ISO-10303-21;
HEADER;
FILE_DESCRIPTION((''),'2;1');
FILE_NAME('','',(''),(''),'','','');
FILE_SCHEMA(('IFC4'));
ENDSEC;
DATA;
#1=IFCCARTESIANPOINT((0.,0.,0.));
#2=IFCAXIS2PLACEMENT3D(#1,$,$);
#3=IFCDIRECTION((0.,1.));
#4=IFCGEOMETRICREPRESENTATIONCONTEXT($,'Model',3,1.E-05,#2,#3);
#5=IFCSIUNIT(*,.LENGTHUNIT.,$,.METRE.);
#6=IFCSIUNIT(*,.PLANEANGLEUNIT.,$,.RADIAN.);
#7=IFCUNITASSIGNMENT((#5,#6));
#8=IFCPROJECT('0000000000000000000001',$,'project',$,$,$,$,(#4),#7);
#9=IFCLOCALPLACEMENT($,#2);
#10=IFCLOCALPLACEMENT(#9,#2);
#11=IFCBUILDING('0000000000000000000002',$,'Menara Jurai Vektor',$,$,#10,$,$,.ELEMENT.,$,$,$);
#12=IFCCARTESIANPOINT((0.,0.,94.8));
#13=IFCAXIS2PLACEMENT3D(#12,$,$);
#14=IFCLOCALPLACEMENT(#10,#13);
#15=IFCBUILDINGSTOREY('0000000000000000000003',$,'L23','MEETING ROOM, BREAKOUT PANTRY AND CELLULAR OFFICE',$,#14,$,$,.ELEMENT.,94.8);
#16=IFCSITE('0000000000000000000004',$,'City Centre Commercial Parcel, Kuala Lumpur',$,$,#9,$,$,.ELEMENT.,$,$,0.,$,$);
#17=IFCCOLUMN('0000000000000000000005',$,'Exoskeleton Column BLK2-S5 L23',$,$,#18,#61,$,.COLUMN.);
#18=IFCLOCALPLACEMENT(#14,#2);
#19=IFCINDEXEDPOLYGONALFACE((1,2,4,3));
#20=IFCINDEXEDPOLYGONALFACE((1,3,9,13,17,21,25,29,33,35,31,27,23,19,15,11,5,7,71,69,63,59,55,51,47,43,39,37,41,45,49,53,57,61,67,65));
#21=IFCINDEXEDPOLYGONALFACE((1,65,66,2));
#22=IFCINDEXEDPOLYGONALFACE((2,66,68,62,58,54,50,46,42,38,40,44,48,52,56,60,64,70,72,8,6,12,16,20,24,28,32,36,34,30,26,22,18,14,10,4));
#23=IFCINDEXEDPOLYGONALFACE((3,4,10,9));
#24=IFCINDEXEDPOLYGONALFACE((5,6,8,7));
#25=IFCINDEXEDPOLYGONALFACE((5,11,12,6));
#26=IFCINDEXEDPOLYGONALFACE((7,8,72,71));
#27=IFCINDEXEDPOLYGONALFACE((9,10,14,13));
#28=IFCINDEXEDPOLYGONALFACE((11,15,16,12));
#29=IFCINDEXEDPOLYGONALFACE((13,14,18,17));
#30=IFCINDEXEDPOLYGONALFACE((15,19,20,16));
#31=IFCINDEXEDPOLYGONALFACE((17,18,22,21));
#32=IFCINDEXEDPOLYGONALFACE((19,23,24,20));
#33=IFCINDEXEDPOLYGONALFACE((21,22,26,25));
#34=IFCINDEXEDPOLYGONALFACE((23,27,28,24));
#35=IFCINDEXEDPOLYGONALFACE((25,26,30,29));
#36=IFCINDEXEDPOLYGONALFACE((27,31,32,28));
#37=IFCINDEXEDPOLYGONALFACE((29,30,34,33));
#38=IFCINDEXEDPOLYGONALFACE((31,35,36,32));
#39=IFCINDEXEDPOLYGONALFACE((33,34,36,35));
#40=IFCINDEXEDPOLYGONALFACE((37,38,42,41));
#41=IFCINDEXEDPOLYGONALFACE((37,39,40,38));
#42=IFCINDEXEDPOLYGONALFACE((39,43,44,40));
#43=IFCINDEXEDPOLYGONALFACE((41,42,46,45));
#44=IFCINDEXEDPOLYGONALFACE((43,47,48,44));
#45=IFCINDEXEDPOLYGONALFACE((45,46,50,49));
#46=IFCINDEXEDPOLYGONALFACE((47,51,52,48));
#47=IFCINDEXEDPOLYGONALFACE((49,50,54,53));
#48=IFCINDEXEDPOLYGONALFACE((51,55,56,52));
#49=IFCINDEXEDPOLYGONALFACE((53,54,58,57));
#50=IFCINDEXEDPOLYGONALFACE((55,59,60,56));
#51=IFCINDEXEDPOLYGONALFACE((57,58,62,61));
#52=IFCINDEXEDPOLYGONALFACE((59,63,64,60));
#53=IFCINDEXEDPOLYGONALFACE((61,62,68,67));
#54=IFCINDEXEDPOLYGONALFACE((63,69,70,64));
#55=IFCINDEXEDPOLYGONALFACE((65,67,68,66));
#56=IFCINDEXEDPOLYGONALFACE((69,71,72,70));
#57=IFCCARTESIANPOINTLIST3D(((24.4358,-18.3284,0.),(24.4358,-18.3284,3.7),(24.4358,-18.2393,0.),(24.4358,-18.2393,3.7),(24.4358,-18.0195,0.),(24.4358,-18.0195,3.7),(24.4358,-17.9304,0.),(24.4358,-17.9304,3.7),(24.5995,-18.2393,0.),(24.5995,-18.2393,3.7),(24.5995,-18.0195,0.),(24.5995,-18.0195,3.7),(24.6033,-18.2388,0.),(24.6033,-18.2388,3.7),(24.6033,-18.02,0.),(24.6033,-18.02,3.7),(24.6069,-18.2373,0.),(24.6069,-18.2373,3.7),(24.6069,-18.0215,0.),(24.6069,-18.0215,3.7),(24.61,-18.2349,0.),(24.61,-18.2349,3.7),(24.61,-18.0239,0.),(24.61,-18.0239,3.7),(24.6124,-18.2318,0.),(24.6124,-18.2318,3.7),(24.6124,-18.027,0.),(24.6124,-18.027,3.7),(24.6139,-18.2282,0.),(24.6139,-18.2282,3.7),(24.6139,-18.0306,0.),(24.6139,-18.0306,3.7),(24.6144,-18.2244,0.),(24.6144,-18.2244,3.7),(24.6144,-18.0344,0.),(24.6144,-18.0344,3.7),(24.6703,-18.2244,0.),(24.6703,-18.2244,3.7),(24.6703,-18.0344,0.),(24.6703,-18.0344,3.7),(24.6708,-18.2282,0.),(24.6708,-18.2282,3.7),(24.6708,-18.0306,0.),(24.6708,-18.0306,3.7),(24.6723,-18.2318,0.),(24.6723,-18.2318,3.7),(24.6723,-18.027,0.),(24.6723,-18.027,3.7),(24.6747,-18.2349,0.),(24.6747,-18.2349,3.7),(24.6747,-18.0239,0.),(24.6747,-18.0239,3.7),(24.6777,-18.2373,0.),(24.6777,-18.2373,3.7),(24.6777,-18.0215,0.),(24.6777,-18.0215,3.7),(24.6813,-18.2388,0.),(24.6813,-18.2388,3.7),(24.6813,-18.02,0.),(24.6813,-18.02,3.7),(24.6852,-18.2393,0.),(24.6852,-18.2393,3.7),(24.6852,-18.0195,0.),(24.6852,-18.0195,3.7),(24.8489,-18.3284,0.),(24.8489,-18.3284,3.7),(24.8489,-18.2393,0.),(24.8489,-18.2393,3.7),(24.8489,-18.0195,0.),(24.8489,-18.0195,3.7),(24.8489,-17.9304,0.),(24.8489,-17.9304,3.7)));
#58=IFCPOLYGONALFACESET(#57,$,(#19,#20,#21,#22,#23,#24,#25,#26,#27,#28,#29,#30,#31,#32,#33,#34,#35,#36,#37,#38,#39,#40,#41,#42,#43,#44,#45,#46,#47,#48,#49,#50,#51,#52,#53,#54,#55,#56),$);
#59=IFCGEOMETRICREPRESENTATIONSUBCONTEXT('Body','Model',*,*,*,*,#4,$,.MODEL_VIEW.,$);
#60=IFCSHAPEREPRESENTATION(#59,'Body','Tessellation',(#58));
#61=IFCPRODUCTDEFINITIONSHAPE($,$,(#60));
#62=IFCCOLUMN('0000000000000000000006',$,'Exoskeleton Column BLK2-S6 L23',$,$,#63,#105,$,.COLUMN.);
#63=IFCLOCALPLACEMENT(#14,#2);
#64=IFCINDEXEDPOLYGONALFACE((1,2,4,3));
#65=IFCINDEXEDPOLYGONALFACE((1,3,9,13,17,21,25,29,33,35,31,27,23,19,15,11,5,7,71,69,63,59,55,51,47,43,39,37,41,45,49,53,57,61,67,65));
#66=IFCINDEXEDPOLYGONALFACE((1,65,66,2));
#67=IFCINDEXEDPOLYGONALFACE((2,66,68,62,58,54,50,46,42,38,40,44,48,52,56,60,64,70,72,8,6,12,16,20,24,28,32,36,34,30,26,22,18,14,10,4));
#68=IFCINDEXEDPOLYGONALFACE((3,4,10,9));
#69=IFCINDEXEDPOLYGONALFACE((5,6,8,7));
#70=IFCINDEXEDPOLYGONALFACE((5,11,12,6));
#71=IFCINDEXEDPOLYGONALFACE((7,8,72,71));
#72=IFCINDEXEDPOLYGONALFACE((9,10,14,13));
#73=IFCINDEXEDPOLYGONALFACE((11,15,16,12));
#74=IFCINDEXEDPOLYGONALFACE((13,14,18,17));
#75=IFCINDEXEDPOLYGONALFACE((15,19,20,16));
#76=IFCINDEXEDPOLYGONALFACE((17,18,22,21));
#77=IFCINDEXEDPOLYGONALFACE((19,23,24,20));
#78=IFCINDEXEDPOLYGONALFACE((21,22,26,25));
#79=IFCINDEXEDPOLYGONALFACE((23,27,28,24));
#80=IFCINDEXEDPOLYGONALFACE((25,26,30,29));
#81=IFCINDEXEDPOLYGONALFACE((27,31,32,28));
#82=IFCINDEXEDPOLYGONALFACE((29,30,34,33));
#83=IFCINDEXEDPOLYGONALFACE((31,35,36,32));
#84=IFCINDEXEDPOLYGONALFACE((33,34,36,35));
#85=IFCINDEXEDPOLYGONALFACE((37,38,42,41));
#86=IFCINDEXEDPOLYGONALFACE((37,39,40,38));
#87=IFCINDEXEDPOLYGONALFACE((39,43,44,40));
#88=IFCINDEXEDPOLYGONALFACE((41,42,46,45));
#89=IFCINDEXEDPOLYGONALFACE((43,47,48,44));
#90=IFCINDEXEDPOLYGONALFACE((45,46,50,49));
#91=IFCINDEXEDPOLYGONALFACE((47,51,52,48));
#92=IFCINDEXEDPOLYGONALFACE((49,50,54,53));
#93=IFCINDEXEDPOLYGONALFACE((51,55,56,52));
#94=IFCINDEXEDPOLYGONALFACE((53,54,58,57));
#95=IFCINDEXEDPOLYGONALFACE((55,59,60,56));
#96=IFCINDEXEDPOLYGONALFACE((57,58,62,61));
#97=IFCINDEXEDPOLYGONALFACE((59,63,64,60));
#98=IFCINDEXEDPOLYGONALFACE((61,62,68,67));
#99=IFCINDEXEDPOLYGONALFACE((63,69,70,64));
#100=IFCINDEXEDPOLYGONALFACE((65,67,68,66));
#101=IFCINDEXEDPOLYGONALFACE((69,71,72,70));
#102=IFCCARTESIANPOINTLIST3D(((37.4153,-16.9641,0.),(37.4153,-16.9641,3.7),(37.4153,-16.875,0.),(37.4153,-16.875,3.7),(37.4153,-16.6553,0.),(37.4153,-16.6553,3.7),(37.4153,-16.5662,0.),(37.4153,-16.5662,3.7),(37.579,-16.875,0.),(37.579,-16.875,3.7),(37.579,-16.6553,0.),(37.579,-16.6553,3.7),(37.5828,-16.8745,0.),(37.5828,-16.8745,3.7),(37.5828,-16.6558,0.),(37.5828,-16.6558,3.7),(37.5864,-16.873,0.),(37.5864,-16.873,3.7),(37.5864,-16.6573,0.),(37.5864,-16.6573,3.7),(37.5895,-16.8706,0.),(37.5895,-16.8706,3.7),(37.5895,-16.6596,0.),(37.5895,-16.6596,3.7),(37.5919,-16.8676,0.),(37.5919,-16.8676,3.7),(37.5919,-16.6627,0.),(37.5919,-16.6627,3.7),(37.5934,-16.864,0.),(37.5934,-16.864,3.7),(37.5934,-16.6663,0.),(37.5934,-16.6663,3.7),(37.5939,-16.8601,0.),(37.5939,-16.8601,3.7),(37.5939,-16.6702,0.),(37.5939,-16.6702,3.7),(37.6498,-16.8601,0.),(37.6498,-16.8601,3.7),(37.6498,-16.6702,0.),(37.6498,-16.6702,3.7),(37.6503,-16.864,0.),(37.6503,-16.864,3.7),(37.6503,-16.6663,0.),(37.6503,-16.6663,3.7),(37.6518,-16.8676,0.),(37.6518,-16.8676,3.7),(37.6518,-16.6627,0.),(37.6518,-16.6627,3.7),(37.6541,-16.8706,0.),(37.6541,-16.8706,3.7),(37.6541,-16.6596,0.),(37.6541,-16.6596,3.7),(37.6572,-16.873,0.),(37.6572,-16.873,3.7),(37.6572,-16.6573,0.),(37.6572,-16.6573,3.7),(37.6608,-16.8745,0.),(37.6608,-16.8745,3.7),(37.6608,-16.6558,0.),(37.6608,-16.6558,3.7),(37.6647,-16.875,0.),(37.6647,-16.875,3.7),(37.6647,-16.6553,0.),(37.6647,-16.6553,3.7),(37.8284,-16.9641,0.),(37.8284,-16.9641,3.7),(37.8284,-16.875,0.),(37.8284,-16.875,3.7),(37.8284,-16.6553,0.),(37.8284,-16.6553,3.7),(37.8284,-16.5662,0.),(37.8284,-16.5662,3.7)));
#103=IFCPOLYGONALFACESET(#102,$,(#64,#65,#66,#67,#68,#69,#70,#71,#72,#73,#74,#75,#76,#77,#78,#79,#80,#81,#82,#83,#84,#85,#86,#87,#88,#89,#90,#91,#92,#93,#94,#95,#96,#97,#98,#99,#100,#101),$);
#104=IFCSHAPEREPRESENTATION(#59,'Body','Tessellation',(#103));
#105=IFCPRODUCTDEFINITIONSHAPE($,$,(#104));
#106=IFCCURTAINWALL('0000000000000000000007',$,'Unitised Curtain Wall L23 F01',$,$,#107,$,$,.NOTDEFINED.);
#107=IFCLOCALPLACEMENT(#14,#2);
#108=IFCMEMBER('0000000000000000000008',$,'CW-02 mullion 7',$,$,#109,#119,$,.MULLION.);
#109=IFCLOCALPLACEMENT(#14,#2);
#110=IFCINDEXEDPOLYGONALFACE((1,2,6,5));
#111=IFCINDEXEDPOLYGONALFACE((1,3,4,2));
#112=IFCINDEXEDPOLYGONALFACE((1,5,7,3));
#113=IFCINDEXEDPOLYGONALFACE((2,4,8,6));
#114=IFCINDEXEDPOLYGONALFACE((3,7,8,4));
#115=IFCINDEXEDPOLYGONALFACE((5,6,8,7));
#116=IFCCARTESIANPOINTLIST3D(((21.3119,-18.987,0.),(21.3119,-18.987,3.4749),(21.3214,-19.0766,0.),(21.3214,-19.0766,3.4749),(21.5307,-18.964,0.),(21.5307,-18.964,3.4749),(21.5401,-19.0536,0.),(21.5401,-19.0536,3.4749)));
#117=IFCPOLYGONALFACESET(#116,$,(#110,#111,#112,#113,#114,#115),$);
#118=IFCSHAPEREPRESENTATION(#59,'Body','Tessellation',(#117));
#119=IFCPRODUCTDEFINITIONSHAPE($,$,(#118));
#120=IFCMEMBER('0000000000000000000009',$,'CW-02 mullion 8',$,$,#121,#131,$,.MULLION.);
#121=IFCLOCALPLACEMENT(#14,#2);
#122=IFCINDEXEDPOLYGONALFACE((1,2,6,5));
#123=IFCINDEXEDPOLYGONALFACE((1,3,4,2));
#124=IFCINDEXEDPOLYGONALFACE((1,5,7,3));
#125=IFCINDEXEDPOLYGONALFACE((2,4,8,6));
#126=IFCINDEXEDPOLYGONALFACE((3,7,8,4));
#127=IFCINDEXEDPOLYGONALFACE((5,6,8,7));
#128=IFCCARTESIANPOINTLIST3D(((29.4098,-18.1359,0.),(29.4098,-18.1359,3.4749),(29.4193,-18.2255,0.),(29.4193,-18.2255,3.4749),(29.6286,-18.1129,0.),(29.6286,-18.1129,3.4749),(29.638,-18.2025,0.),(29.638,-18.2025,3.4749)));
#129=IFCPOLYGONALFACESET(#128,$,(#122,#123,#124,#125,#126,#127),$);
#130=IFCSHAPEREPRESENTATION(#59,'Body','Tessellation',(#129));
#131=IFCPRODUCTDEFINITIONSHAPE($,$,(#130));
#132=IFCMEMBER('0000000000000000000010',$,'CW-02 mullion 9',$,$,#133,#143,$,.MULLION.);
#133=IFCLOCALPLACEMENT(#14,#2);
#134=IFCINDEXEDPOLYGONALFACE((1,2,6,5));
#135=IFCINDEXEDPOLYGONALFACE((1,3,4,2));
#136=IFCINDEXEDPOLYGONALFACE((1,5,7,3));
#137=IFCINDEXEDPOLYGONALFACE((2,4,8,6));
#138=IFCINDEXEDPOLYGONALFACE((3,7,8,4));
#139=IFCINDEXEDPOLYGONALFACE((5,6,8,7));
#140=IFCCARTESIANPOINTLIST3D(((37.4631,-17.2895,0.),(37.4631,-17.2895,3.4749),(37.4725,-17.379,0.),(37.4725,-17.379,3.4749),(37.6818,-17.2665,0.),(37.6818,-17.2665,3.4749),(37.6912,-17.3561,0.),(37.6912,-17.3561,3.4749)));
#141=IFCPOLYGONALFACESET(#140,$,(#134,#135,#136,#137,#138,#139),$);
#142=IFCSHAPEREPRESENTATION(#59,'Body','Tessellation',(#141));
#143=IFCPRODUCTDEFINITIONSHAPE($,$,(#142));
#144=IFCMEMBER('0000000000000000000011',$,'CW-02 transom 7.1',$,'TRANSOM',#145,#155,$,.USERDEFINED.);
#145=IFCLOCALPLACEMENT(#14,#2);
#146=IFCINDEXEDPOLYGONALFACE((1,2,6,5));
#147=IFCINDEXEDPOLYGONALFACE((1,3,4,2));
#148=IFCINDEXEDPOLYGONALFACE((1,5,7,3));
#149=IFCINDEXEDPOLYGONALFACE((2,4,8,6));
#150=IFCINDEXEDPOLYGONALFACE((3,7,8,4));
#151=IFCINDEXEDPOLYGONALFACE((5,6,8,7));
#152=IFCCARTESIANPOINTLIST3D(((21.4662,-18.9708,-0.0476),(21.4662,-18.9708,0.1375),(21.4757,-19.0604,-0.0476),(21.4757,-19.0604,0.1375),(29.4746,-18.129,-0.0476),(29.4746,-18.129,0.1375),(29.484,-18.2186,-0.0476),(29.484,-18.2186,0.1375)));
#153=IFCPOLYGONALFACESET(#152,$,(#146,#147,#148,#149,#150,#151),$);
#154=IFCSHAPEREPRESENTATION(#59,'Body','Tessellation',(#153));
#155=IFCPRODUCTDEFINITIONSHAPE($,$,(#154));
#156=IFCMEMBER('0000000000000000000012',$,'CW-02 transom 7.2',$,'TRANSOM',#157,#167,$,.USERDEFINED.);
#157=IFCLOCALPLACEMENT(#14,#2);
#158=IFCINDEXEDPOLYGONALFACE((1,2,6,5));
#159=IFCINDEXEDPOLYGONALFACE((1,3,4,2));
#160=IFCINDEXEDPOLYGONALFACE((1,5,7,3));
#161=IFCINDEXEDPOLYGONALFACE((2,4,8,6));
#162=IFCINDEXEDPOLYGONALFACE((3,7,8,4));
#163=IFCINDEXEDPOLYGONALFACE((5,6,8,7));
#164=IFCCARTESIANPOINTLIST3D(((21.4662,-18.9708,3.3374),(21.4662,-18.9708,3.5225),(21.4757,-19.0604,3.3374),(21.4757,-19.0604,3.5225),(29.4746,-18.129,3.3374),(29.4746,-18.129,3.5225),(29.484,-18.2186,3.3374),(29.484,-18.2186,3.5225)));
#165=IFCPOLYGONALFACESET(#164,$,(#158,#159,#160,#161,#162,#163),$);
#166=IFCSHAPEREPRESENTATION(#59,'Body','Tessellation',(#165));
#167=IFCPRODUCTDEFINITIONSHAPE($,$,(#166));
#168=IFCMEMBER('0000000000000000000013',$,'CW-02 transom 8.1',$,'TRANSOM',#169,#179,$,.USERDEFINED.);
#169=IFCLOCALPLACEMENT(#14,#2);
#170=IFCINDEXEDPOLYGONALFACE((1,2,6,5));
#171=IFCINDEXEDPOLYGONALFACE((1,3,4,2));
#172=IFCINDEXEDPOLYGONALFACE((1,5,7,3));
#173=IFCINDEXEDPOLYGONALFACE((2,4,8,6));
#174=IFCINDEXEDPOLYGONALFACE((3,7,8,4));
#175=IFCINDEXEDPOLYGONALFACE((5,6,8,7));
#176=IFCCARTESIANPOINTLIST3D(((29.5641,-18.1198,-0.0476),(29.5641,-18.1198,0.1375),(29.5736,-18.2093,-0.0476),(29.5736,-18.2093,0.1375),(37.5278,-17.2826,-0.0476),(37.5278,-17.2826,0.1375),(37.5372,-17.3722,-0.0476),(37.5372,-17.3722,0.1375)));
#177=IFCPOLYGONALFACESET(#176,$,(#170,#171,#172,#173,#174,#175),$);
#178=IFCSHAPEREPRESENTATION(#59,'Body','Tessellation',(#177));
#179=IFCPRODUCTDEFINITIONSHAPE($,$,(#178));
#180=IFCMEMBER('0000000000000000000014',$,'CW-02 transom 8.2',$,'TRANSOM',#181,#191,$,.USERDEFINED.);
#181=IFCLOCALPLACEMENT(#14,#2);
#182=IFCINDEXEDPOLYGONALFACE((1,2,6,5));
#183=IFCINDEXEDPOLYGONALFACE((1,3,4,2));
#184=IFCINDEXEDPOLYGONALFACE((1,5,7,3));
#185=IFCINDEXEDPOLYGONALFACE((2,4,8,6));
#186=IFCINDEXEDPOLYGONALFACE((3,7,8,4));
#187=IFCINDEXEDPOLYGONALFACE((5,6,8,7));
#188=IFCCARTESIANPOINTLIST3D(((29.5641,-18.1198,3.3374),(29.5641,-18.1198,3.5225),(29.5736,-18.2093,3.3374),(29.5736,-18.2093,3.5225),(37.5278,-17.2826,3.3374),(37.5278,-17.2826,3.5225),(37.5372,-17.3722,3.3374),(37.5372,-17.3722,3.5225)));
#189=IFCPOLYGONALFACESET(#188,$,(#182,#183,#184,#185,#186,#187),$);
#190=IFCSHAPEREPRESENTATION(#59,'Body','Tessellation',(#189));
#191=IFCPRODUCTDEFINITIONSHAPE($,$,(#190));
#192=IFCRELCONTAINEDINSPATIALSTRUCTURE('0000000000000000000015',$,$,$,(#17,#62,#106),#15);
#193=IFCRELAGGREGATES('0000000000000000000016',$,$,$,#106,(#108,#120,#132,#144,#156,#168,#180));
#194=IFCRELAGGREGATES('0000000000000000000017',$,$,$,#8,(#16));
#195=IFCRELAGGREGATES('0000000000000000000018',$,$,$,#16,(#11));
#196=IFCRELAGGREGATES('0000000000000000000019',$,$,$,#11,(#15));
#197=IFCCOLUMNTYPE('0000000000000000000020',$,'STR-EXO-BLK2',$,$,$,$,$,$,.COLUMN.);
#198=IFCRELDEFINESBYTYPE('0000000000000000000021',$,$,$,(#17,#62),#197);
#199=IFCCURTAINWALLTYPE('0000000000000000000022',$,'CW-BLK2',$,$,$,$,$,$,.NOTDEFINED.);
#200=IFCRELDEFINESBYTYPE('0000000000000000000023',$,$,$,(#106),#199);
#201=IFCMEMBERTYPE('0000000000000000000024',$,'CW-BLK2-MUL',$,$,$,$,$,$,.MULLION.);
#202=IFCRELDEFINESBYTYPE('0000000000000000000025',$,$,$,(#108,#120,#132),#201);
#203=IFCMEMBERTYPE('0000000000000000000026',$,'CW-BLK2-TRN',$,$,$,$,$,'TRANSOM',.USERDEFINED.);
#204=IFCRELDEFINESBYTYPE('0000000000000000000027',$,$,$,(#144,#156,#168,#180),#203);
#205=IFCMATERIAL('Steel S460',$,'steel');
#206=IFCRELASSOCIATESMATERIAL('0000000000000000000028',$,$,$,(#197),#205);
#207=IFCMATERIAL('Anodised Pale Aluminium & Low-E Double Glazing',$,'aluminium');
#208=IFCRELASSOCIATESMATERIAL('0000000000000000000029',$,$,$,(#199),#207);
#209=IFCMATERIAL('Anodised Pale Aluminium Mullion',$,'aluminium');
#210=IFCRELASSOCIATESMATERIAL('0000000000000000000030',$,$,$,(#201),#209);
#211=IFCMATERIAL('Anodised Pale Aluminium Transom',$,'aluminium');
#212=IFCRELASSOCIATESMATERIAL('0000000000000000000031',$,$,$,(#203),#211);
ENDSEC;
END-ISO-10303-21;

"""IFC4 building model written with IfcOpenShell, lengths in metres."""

from ifc_helpers import new_model, si_unit, direction, frame, origin, origin_2d, place, context, subcontext, project, spatial, rectangle, i_section, extrude, material, material_profile, profile_set, type_object, element, aggregate, save


model = new_model("IFC4")

# Units and contexts
model_context = context("Model", 3, precision=1e-05, world=origin(), true_north=direction((0.0, 1.0)))
body_context = subcontext(model_context, "Body", "Model", "MODEL_VIEW")
ifc_project = project(units=[si_unit("LENGTHUNIT", "METRE"), si_unit("PLANEANGLEUNIT", "RADIAN")], contexts=[model_context])

# Site, building, storey
site_placement = place(None, origin())
site = spatial("IfcSite", under=ifc_project, at=site_placement, Name="City Centre Commercial Parcel, Kuala Lumpur", CompositionType="ELEMENT", RefElevation=0.0)
building_placement = place(site_placement, origin())
building = spatial("IfcBuilding", under=site, at=building_placement, Name="Menara Jurai Vektor", CompositionType="ELEMENT")
storey_placement = place(building_placement, frame((0.0, 0.0, 94.8)))
storey = spatial("IfcBuildingStorey", under=building, at=storey_placement, Name="L23", Description="MEETING ROOM, BREAKOUT PANTRY AND CELLULAR OFFICE", CompositionType="ELEMENT", Elevation=94.8)

# Columns
ifc_material_1 = material(Name="Steel S460", Category="steel")
ifc_material_profile_1 = material_profile(ifc_material_1, i_section(OverallWidth=0.4131, OverallDepth=0.3979, WebThickness=0.0559, FlangeThickness=0.0891, FilletRadius=0.0149, at=origin_2d()), Name="HD 400x744")
ifc_profile_set_1 = profile_set([ifc_material_profile_1], Name="Steel S460")
column_type = type_object("IfcColumnType", Name="STR-EXO-BLK2", PredefinedType="COLUMN", material=ifc_profile_set_1)
for number, where, z_axis, x_axis, name in (
    (1, (24.6423, -18.1294, 0.0), (0.0, 0.0, 1.0), (1.0, 0.0, 0.0), "Exoskeleton Column BLK2-S5 L23"),
    (2, (37.6218, -16.7651, 0.0), (0.0, 0.0, 1.0), (1.0, 0.0, 0.0), "Exoskeleton Column BLK2-S6 L23"),
):
    element("IfcColumn", number, at=place(storey_placement, frame(where, z_axis=z_axis, x_axis=x_axis)), inside=storey, type_object=column_type, Name=name, PredefinedType="COLUMN", context=body_context, shape_type="SweptSolid", body=[
        extrude(i_section(OverallWidth=0.4131, OverallDepth=0.3979, WebThickness=0.0559, FlangeThickness=0.0891, FilletRadius=0.0149, at=origin_2d()), origin(), (0.0, 0.0, 1.0), 3.7),
    ])

# Curtain wall, members
ifc_material_2 = material(Name="Anodised Pale Aluminium & Low-E Double Glazing", Category="aluminium")
curtain_wall_type = type_object("IfcCurtainWallType", Name="CW-BLK2", PredefinedType="NOTDEFINED", material=ifc_material_2)
curtain_wall_placement = place(storey_placement, origin())
curtain_wall = element("IfcCurtainWall", 3, at=curtain_wall_placement, inside=storey, type_object=curtain_wall_type, Name="Unitised Curtain Wall L23 F01", PredefinedType="NOTDEFINED")
ifc_material_3 = material(Name="Anodised Pale Aluminium Mullion", Category="aluminium")
ifc_material_profile_2 = material_profile(ifc_material_3, rectangle(XDim=0.0901, YDim=0.22, at=origin_2d()), Name="ALU MUL 90x220")
ifc_profile_set_2 = profile_set([ifc_material_profile_2], Name="Anodised Pale Aluminium Mullion")
member_type_1 = type_object("IfcMemberType", Name="CW-BLK2-MUL", PredefinedType="MULLION", material=ifc_profile_set_2)
member_1_placement = place(storey_placement, frame((21.426, -19.0203, 0.0), z_axis=(0.0, 0.0, 1.0), x_axis=(-0.104529, 0.994522, 0.0)))
member_1 = element("IfcMember", 4, at=member_1_placement, type_object=member_type_1, Name="CW-02 mullion 7", PredefinedType="MULLION", context=body_context, shape_type="SweptSolid", body=[
    extrude(rectangle(XDim=0.0901, YDim=0.22, at=origin_2d()), origin(), (0.0, 0.0, 1.0), 3.4749),
])
member_2_placement = place(storey_placement, frame((29.5239, -18.1692, 0.0), z_axis=(0.0, 0.0, 1.0), x_axis=(-0.104529, 0.994522, 0.0)))
member_2 = element("IfcMember", 5, at=member_2_placement, type_object=member_type_1, Name="CW-02 mullion 8", PredefinedType="MULLION", context=body_context, shape_type="SweptSolid", body=[
    extrude(rectangle(XDim=0.0901, YDim=0.22, at=origin_2d()), origin(), (0.0, 0.0, 1.0), 3.4749),
])
member_3_placement = place(storey_placement, frame((37.5771, -17.3228, 0.0), z_axis=(0.0, 0.0, 1.0), x_axis=(-0.104529, 0.994522, 0.0)))
member_3 = element("IfcMember", 6, at=member_3_placement, type_object=member_type_1, Name="CW-02 mullion 9", PredefinedType="MULLION", context=body_context, shape_type="SweptSolid", body=[
    extrude(rectangle(XDim=0.0901, YDim=0.22, at=origin_2d()), origin(), (0.0, 0.0, 1.0), 3.4749),
])
ifc_material_4 = material(Name="Anodised Pale Aluminium Transom", Category="aluminium")
ifc_material_profile_3 = material_profile(ifc_material_4, rectangle(XDim=0.0901, YDim=0.1851, at=origin_2d()), Name="ALU TRN 90x185")
ifc_profile_set_3 = profile_set([ifc_material_profile_3], Name="Anodised Pale Aluminium Transom")
member_type_2 = type_object("IfcMemberType", Name="CW-BLK2-TRN", ElementType="TRANSOM", PredefinedType="USERDEFINED", material=ifc_profile_set_3)
member_4_placement = place(storey_placement, frame((21.4709, -19.0156, 0.0449), z_axis=(0.994521, 0.10454, 0.0), x_axis=(-0.10454, 0.994521, 0.0)))
member_4 = element("IfcMember", 7, at=member_4_placement, type_object=member_type_2, Name="CW-02 transom 7.1", ObjectType="TRANSOM", PredefinedType="USERDEFINED", context=body_context, shape_type="SweptSolid", body=[
    extrude(rectangle(XDim=0.0901, YDim=0.1851, at=origin_2d()), origin(), (0.0, 0.0, 1.0), 8.0525),
])
member_5_placement = place(storey_placement, frame((21.4709, -19.0156, 3.4299), z_axis=(0.994521, 0.10454, 0.0), x_axis=(-0.10454, 0.994521, 0.0)))
member_5 = element("IfcMember", 8, at=member_5_placement, type_object=member_type_2, Name="CW-02 transom 7.2", ObjectType="TRANSOM", PredefinedType="USERDEFINED", context=body_context, shape_type="SweptSolid", body=[
    extrude(rectangle(XDim=0.0901, YDim=0.1851, at=origin_2d()), origin(), (0.0, 0.0, 1.0), 8.0525),
])
member_6_placement = place(storey_placement, frame((29.5688, -18.1646, 0.0449), z_axis=(0.99452, 0.104547, 0.0), x_axis=(-0.104547, 0.99452, 0.0)))
member_6 = element("IfcMember", 9, at=member_6_placement, type_object=member_type_2, Name="CW-02 transom 8.1", ObjectType="TRANSOM", PredefinedType="USERDEFINED", context=body_context, shape_type="SweptSolid", body=[
    extrude(rectangle(XDim=0.0901, YDim=0.1851, at=origin_2d()), origin(), (0.0, 0.0, 1.0), 8.0076),
])
member_7_placement = place(storey_placement, frame((29.5688, -18.1646, 3.4299), z_axis=(0.99452, 0.104547, 0.0), x_axis=(-0.104547, 0.99452, 0.0)))
member_7 = element("IfcMember", 10, at=member_7_placement, type_object=member_type_2, Name="CW-02 transom 8.2", ObjectType="TRANSOM", PredefinedType="USERDEFINED", context=body_context, shape_type="SweptSolid", body=[
    extrude(rectangle(XDim=0.0901, YDim=0.1851, at=origin_2d()), origin(), (0.0, 0.0, 1.0), 8.0076),
])

aggregate(curtain_wall, [member_1, member_2, member_3, member_4, member_5, member_6, member_7])

save(model, "model.ifc")
